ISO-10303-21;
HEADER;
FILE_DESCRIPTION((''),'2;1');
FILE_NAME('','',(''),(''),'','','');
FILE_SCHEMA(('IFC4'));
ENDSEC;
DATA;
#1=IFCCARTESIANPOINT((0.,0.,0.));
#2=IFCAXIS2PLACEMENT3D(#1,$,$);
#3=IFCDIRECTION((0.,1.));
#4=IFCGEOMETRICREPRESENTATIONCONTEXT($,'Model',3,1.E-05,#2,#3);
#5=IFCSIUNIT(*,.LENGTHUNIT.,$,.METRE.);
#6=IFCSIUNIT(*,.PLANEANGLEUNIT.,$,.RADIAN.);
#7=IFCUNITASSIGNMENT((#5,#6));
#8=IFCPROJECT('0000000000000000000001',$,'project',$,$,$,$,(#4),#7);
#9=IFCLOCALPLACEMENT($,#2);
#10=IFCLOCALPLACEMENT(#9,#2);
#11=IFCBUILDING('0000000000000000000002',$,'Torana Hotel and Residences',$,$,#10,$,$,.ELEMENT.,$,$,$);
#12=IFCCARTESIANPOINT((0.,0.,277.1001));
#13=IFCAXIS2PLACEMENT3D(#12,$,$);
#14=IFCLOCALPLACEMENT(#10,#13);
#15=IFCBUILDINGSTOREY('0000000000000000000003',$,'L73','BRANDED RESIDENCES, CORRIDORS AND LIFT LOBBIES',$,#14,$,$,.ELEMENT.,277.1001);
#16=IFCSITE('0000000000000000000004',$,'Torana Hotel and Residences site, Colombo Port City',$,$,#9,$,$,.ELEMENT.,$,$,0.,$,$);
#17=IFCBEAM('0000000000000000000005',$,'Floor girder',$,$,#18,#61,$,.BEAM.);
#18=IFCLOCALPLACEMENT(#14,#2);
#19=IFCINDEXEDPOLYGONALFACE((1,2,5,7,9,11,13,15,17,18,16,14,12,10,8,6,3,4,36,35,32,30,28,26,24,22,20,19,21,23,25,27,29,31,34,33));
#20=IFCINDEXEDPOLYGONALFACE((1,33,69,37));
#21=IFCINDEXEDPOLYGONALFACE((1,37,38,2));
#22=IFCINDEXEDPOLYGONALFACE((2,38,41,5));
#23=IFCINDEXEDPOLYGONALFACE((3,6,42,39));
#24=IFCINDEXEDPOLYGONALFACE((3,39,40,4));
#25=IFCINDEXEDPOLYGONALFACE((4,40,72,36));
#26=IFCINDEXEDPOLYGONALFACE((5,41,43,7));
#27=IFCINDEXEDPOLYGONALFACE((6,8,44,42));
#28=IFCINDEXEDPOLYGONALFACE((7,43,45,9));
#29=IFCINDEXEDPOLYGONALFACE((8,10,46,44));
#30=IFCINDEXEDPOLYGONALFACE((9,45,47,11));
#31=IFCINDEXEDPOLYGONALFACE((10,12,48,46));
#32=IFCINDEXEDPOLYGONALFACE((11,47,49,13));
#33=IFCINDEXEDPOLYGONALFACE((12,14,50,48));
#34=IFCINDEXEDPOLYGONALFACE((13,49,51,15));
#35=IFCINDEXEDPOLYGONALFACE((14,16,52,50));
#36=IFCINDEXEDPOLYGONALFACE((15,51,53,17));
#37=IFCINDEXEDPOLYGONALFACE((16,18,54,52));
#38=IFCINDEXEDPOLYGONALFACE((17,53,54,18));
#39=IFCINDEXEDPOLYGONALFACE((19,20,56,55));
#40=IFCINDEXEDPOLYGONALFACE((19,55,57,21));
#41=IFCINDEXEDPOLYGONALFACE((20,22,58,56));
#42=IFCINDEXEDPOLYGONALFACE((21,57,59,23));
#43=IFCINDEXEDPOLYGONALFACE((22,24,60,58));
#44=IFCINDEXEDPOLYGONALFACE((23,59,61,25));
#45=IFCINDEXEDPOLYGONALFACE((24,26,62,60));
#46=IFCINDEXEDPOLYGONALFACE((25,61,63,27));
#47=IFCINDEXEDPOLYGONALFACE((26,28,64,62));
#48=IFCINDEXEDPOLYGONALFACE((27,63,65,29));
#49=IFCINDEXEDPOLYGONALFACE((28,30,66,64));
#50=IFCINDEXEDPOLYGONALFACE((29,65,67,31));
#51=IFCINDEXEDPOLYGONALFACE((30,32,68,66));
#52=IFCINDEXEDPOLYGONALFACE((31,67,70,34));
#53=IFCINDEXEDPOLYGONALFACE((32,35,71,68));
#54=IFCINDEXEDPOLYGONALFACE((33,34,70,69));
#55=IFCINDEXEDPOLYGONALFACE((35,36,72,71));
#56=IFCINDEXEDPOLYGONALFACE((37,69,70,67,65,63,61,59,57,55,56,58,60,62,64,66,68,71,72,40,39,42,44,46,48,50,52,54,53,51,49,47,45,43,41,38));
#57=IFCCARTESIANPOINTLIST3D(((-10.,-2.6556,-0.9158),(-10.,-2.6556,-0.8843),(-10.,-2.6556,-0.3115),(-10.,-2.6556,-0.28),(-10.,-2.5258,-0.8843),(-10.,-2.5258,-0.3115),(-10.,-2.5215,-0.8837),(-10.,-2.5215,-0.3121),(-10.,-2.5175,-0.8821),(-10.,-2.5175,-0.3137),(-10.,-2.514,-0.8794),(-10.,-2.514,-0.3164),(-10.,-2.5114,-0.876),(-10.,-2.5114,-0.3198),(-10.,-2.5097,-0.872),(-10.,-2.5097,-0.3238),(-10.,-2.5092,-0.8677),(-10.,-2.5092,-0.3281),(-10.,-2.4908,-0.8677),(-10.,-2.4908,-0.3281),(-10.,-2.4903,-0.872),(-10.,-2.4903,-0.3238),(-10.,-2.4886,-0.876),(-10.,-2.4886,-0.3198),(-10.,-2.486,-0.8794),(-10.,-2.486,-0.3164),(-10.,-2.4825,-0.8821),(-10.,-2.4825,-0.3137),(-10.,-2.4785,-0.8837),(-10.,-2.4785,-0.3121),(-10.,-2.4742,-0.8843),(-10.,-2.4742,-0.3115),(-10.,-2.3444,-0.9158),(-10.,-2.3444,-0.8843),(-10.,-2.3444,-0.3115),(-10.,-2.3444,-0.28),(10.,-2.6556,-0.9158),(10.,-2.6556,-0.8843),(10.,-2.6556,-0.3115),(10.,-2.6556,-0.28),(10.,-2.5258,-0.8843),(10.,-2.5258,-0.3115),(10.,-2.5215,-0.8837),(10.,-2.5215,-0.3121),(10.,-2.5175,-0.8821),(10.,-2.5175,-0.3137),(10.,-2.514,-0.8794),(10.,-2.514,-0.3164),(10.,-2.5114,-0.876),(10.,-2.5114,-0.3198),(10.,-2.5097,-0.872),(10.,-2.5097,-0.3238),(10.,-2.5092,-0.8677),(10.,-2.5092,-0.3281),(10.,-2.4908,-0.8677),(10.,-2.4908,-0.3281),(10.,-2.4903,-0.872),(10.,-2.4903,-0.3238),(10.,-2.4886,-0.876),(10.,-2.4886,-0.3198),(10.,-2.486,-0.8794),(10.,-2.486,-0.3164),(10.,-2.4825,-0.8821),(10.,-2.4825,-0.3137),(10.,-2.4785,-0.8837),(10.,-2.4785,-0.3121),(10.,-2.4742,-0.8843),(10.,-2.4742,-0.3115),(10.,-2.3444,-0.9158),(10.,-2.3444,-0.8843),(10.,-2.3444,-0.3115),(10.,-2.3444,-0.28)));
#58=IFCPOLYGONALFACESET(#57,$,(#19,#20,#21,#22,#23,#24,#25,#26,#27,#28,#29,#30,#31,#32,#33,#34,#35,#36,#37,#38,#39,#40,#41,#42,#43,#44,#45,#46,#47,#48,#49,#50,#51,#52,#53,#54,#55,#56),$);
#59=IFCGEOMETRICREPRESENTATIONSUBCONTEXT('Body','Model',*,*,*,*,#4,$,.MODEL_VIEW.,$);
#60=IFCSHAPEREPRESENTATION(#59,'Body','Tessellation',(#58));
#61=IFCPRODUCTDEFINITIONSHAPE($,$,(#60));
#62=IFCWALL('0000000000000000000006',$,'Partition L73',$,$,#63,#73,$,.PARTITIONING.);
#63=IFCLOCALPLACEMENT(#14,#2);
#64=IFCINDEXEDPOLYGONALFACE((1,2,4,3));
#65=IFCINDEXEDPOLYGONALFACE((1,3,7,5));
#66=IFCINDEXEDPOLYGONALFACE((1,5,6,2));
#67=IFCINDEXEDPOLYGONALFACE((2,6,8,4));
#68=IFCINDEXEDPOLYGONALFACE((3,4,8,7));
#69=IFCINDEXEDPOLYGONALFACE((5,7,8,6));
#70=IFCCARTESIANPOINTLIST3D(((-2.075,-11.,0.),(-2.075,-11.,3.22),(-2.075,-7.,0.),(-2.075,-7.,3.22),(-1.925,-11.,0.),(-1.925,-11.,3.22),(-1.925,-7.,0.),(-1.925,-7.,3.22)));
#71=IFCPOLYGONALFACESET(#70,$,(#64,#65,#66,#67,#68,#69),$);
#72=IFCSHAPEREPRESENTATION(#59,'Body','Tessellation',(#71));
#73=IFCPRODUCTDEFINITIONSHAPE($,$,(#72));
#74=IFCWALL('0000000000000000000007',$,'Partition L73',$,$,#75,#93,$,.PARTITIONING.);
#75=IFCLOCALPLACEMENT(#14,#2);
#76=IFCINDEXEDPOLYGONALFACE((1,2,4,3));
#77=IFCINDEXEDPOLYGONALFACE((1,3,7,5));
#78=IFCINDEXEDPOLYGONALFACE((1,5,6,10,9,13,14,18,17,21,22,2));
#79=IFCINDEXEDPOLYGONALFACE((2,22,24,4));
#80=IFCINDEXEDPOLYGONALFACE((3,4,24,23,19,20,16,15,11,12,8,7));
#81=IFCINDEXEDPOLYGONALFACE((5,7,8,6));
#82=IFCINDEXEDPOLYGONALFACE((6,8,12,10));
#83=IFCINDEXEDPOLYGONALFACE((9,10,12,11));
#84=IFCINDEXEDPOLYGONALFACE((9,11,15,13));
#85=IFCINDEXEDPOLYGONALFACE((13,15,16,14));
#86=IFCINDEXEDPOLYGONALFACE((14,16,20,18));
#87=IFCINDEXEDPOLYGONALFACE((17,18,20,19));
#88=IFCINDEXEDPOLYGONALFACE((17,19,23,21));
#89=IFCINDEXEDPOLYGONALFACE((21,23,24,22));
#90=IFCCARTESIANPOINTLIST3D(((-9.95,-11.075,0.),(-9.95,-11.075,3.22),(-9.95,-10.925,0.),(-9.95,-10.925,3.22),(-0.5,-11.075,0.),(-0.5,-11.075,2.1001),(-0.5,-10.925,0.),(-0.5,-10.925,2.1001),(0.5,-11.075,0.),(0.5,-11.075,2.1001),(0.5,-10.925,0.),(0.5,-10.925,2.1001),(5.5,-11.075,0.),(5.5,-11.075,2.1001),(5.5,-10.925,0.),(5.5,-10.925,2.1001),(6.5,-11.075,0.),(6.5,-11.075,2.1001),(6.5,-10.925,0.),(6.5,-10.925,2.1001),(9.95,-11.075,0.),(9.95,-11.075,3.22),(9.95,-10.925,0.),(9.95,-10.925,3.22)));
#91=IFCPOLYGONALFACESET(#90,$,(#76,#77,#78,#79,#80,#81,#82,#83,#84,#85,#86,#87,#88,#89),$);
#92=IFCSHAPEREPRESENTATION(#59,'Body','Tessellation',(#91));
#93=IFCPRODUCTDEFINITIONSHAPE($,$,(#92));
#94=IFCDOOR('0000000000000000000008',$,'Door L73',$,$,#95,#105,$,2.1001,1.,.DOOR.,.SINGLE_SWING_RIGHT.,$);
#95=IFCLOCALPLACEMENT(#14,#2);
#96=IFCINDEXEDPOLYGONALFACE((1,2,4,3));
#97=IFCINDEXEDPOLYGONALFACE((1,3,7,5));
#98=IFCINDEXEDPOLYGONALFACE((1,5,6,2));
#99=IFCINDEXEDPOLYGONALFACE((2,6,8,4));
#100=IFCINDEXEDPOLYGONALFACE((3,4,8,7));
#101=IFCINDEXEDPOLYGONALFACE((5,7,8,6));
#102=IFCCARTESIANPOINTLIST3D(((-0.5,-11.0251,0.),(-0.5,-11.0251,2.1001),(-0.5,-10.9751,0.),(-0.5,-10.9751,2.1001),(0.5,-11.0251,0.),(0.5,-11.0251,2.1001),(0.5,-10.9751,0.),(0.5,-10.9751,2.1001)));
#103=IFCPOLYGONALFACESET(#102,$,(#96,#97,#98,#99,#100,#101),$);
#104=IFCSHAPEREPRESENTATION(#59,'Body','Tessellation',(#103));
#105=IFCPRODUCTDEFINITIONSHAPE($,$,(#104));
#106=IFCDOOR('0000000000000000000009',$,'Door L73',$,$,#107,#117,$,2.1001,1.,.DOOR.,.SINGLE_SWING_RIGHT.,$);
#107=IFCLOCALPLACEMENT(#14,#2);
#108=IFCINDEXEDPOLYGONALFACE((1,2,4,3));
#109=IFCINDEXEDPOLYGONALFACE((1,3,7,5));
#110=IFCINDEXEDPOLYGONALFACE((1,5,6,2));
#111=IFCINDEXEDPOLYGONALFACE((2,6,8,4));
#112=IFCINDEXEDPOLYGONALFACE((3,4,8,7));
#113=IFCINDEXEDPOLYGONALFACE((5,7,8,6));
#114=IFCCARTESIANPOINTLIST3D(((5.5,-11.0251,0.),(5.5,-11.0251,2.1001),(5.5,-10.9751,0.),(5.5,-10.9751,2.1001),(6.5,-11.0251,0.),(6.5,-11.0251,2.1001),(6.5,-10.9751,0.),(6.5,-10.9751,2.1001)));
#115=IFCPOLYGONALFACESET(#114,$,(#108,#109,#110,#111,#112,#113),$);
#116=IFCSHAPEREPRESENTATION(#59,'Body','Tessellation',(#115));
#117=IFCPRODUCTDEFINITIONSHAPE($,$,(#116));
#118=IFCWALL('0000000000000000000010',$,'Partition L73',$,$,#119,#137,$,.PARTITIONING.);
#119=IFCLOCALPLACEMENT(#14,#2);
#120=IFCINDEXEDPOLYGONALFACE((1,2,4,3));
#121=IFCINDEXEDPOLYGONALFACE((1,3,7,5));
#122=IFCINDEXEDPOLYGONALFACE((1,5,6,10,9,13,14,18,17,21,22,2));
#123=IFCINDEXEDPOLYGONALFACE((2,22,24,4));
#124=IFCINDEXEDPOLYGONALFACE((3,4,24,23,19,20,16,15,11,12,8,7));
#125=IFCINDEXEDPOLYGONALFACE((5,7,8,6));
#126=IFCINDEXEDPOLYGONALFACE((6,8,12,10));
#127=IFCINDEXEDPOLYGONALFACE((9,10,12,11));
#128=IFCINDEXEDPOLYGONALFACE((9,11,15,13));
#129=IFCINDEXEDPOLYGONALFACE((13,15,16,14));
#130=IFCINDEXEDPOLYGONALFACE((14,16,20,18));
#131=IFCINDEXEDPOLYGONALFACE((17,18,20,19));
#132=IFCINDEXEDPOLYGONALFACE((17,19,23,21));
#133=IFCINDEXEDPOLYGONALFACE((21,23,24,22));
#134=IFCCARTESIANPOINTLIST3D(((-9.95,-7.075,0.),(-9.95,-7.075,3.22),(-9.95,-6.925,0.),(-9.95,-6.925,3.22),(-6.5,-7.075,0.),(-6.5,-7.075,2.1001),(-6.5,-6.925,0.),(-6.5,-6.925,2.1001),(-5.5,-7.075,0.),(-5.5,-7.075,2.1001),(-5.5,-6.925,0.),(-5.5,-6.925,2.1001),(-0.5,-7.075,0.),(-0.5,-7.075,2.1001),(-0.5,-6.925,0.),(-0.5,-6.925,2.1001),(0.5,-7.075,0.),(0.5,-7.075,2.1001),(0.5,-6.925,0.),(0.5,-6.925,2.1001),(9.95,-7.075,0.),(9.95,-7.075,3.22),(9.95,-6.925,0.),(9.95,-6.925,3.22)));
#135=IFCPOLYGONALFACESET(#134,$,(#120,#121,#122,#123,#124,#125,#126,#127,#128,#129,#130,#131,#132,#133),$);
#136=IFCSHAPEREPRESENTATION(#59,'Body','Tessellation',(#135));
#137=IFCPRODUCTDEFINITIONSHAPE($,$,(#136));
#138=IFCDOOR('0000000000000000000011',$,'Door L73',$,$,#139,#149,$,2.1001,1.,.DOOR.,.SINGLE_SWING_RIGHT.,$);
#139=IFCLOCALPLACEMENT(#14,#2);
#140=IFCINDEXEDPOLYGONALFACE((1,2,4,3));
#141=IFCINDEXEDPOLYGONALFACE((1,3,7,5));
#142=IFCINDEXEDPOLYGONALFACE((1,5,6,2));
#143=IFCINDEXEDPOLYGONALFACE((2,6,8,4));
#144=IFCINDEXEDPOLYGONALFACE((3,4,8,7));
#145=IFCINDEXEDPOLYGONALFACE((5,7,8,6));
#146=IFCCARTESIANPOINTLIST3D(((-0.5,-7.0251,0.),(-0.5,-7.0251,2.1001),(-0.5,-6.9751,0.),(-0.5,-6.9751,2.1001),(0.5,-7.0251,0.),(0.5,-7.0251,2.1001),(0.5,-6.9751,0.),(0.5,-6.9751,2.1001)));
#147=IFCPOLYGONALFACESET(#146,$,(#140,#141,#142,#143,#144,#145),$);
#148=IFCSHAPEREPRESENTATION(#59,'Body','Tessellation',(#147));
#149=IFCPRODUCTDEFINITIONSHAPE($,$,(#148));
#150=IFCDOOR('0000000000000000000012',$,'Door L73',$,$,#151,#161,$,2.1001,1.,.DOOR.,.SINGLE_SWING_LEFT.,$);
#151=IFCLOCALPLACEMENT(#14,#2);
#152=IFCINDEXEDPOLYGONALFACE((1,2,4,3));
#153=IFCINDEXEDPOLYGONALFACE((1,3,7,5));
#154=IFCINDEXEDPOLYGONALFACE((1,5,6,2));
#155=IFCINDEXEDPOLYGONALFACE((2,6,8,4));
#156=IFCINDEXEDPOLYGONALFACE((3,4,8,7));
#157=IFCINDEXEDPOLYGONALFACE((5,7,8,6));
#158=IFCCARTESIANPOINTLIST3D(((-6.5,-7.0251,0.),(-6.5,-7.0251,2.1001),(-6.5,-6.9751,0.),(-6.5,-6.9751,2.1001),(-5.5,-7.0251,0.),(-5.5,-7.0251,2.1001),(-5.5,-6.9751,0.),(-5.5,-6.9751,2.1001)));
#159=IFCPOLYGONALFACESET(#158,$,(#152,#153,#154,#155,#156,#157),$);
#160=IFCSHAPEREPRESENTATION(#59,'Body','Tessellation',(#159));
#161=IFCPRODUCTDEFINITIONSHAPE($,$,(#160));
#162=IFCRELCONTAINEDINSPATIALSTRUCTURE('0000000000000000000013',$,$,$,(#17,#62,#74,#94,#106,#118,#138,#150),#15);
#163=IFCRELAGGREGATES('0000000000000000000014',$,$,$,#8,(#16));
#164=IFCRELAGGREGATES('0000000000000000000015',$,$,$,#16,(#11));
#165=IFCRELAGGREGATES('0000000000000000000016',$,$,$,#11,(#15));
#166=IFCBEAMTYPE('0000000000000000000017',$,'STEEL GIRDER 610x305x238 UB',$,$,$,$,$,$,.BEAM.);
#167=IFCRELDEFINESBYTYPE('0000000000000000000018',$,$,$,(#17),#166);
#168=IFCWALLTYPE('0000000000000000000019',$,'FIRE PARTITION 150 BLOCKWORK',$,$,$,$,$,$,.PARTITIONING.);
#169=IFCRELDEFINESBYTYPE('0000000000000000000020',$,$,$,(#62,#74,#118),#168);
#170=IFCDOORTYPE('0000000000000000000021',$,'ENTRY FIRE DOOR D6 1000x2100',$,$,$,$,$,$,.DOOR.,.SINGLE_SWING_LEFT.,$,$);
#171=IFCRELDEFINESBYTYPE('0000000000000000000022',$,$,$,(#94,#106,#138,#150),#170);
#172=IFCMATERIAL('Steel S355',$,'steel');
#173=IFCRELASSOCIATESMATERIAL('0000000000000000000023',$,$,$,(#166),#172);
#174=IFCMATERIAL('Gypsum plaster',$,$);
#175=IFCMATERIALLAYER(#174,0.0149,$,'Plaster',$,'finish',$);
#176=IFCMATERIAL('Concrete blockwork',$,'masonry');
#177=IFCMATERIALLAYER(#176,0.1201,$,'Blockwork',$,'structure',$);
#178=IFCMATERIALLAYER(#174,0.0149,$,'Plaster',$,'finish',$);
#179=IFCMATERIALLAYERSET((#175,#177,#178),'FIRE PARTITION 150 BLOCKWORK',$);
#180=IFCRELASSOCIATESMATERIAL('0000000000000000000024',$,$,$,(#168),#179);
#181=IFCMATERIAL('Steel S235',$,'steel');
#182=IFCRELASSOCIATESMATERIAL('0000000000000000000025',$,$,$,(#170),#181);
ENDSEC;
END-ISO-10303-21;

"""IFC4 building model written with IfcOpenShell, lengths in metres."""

from ifc_helpers import new_model, si_unit, direction, frame, frame_2d, origin, origin_2d, place, context, subcontext, project, spatial, rectangle, i_section, extrude, material, layer, layer_set, material_profile, profile_set, type_object, element, fill, save


model = new_model("IFC4")

# Units and contexts
model_context = context("Model", 3, precision=1e-05, world=origin(), true_north=direction((0.0, 1.0)))
body_context = subcontext(model_context, "Body", "Model", "MODEL_VIEW")
ifc_project = project(units=[si_unit("LENGTHUNIT", "METRE"), si_unit("PLANEANGLEUNIT", "RADIAN")], contexts=[model_context])

# Site, building, storey
site_placement = place(None, origin())
site = spatial("IfcSite", under=ifc_project, at=site_placement, Name="Torana Hotel and Residences site, Colombo Port City", CompositionType="ELEMENT", RefElevation=0.0)
building_placement = place(site_placement, origin())
building = spatial("IfcBuilding", under=site, at=building_placement, Name="Torana Hotel and Residences", CompositionType="ELEMENT")
storey_placement = place(building_placement, frame((0.0, 0.0, 277.1001)))
storey = spatial("IfcBuildingStorey", under=building, at=storey_placement, Name="L73", Description="BRANDED RESIDENCES, CORRIDORS AND LIFT LOBBIES", CompositionType="ELEMENT", Elevation=277.1001)

# Beam
ifc_material_1 = material(Name="Steel S355", Category="steel")
ifc_material_profile = material_profile(ifc_material_1, i_section(OverallWidth=0.3113, OverallDepth=0.6357, WebThickness=0.0183, FlangeThickness=0.0315, FilletRadius=0.0166, at=origin_2d()), Name="610x305x238 UB")
ifc_profile_set = profile_set([ifc_material_profile], Name="Steel S355")
beam_type = type_object("IfcBeamType", Name="STEEL GIRDER 610x305x238 UB", PredefinedType="BEAM", material=ifc_profile_set)
for number, where, z_axis, x_axis, name in (
    (1, (-10.0, -2.5, -0.5979), (1.0, 0.0, 0.0), (0.0, 1.0, 0.0), "Floor girder"),
):
    element("IfcBeam", number, at=place(storey_placement, frame(where, z_axis=z_axis, x_axis=x_axis)), inside=storey, type_object=beam_type, Name=name, PredefinedType="BEAM", context=body_context, shape_type="SweptSolid", body=[
        extrude(i_section(OverallWidth=0.3113, OverallDepth=0.6357, WebThickness=0.0183, FlangeThickness=0.0315, FilletRadius=0.0166, at=origin_2d()), origin(), (0.0, 0.0, 1.0), 20.0),
    ])

# Wall
ifc_material_2 = material(Name="Gypsum plaster")
ifc_layer_1 = layer(ifc_material_2, 0.0149, Name="Plaster", Category="finish")
ifc_material_3 = material(Name="Concrete blockwork", Category="masonry")
ifc_layer_2 = layer(ifc_material_3, 0.1201, Name="Blockwork", Category="structure")
ifc_layer_3 = layer(ifc_material_2, 0.0149, Name="Plaster", Category="finish")
ifc_layer_set_1 = layer_set([ifc_layer_1, ifc_layer_2, ifc_layer_3], Name="FIRE PARTITION 150 BLOCKWORK")
wall_type_1 = type_object("IfcWallType", Name="FIRE PARTITION 150 BLOCKWORK", PredefinedType="PARTITIONING", material=ifc_layer_set_1)
wall_1_placement = place(storey_placement, frame((-2.0, -11.0, 0.0), z_axis=(0.0, 0.0, 1.0), x_axis=(0.0, 1.0, 0.0)))
element("IfcWall", 2, at=wall_1_placement, inside=storey, type_object=wall_type_1, Name="Partition L73", PredefinedType="PARTITIONING", context=body_context, shape_type="SweptSolid", body=[
    extrude(rectangle(XDim=4.0, YDim=0.1499, at=frame_2d((2.0, 0.0))), origin(), (0.0, 0.0, 1.0), 3.22),
])

# Walls, openings, doors
wall_2_placement = place(storey_placement, frame((-9.95, -11.0, 0.0), z_axis=(0.0, 0.0, 1.0), x_axis=(1.0, 0.0, 0.0)))
wall_2 = element("IfcWall", 3, at=wall_2_placement, inside=storey, type_object=wall_type_1, Name="Partition L73", PredefinedType="PARTITIONING", context=body_context, shape_type="SweptSolid", body=[
    extrude(rectangle(XDim=19.8999, YDim=0.1499, at=frame_2d((9.95, 0.0))), origin(), (0.0, 0.0, 1.0), 3.22),
])
opening_1_placement = place(wall_2_placement, frame((9.45, 0.0, 0.0)))
opening_1 = element("IfcOpeningElement", 4, at=opening_1_placement, cuts=wall_2, PredefinedType="OPENING", context=body_context, shape_type="SweptSolid", body=[
    extrude(rectangle(XDim=1.0, YDim=2.1001, at=frame_2d((0.5, 1.05))), frame((0.0, 0.085, 0.0), z_axis=(0.0, -1.0, 0.0), x_axis=(1.0, 0.0, 0.0)), (0.0, 0.0, 1.0), 0.1699),
])
opening_2_placement = place(wall_2_placement, frame((15.45, 0.0, 0.0)))
opening_2 = element("IfcOpeningElement", 5, at=opening_2_placement, cuts=wall_2, PredefinedType="OPENING", context=body_context, shape_type="SweptSolid", body=[
    extrude(rectangle(XDim=1.0, YDim=2.1001, at=frame_2d((0.5, 1.05))), frame((0.0, 0.085, 0.0), z_axis=(0.0, -1.0, 0.0), x_axis=(1.0, 0.0, 0.0)), (0.0, 0.0, 1.0), 0.1699),
])
ifc_material_4 = material(Name="Steel S235", Category="steel")
door_type_1 = type_object("IfcDoorType", Name="ENTRY FIRE DOOR D6 1000x2100", OperationType="SINGLE_SWING_LEFT", PredefinedType="DOOR", material=ifc_material_4)
door_1_placement = place(opening_1_placement, origin())
door_1 = element("IfcDoor", 6, at=door_1_placement, inside=storey, type_object=door_type_1, Name="Door L73", OperationType="SINGLE_SWING_RIGHT", OverallHeight=2.1001, OverallWidth=1.0, PredefinedType="DOOR", context=body_context, shape_type="SweptSolid", body=[
    extrude(rectangle(XDim=1.0, YDim=2.1001, at=frame_2d((0.5, 1.05))), frame((0.0, 0.0249, 0.0), z_axis=(0.0, -1.0, 0.0), x_axis=(1.0, 0.0, 0.0)), (0.0, 0.0, 1.0), 0.05),
])
fill(opening_1, door_1)
door_2_placement = place(opening_2_placement, origin())
door_2 = element("IfcDoor", 7, at=door_2_placement, inside=storey, type_object=door_type_1, Name="Door L73", OperationType="SINGLE_SWING_RIGHT", OverallHeight=2.1001, OverallWidth=1.0, PredefinedType="DOOR", context=body_context, shape_type="SweptSolid", body=[
    extrude(rectangle(XDim=1.0, YDim=2.1001, at=frame_2d((0.5, 1.05))), frame((0.0, 0.0249, 0.0), z_axis=(0.0, -1.0, 0.0), x_axis=(1.0, 0.0, 0.0)), (0.0, 0.0, 1.0), 0.05),
])
fill(opening_2, door_2)
wall_3_placement = place(storey_placement, frame((-9.95, -7.0, 0.0), z_axis=(0.0, 0.0, 1.0), x_axis=(1.0, 0.0, 0.0)))
wall_3 = element("IfcWall", 8, at=wall_3_placement, inside=storey, type_object=wall_type_1, Name="Partition L73", PredefinedType="PARTITIONING", context=body_context, shape_type="SweptSolid", body=[
    extrude(rectangle(XDim=19.8999, YDim=0.1499, at=frame_2d((9.95, 0.0))), origin(), (0.0, 0.0, 1.0), 3.22),
])
opening_3_placement = place(wall_3_placement, frame((9.45, 0.0, 0.0)))
opening_3 = element("IfcOpeningElement", 9, at=opening_3_placement, cuts=wall_3, PredefinedType="OPENING", context=body_context, shape_type="SweptSolid", body=[
    extrude(rectangle(XDim=1.0, YDim=2.1001, at=frame_2d((0.5, 1.05))), frame((0.0, 0.085, 0.0), z_axis=(0.0, -1.0, 0.0), x_axis=(1.0, 0.0, 0.0)), (0.0, 0.0, 1.0), 0.1699),
])
opening_4_placement = place(wall_3_placement, frame((3.45, 0.0, 0.0)))
opening_4 = element("IfcOpeningElement", 10, at=opening_4_placement, cuts=wall_3, PredefinedType="OPENING", context=body_context, shape_type="SweptSolid", body=[
    extrude(rectangle(XDim=1.0, YDim=2.1001, at=frame_2d((0.5, 1.05))), frame((0.0, 0.085, 0.0), z_axis=(0.0, -1.0, 0.0), x_axis=(1.0, 0.0, 0.0)), (0.0, 0.0, 1.0), 0.1699),
])
door_3_placement = place(opening_3_placement, origin())
door_3 = element("IfcDoor", 11, at=door_3_placement, inside=storey, type_object=door_type_1, Name="Door L73", OperationType="SINGLE_SWING_RIGHT", OverallHeight=2.1001, OverallWidth=1.0, PredefinedType="DOOR", context=body_context, shape_type="SweptSolid", body=[
    extrude(rectangle(XDim=1.0, YDim=2.1001, at=frame_2d((0.5, 1.05))), frame((0.0, 0.0249, 0.0), z_axis=(0.0, -1.0, 0.0), x_axis=(1.0, 0.0, 0.0)), (0.0, 0.0, 1.0), 0.05),
])
fill(opening_3, door_3)
door_4_placement = place(opening_4_placement, frame((0.5, 0.0, 0.0), z_axis=(0.0, 0.0, 1.0), x_axis=(-1.0, 0.0, 0.0)))
door_4 = element("IfcDoor", 12, at=door_4_placement, inside=storey, type_object=door_type_1, Name="Door L73", OperationType="SINGLE_SWING_LEFT", OverallHeight=2.1001, OverallWidth=1.0, PredefinedType="DOOR", context=body_context, shape_type="SweptSolid", body=[
    extrude(rectangle(XDim=1.0, YDim=2.1001, at=frame_2d((0.0, 1.05))), frame((0.0, -0.0249, 0.0), z_axis=(0.0, 1.0, 0.0), x_axis=(-1.0, 0.0, 0.0)), (0.0, 0.0, 1.0), 0.05),
])
fill(opening_4, door_4)

save(model, "model.ifc")
